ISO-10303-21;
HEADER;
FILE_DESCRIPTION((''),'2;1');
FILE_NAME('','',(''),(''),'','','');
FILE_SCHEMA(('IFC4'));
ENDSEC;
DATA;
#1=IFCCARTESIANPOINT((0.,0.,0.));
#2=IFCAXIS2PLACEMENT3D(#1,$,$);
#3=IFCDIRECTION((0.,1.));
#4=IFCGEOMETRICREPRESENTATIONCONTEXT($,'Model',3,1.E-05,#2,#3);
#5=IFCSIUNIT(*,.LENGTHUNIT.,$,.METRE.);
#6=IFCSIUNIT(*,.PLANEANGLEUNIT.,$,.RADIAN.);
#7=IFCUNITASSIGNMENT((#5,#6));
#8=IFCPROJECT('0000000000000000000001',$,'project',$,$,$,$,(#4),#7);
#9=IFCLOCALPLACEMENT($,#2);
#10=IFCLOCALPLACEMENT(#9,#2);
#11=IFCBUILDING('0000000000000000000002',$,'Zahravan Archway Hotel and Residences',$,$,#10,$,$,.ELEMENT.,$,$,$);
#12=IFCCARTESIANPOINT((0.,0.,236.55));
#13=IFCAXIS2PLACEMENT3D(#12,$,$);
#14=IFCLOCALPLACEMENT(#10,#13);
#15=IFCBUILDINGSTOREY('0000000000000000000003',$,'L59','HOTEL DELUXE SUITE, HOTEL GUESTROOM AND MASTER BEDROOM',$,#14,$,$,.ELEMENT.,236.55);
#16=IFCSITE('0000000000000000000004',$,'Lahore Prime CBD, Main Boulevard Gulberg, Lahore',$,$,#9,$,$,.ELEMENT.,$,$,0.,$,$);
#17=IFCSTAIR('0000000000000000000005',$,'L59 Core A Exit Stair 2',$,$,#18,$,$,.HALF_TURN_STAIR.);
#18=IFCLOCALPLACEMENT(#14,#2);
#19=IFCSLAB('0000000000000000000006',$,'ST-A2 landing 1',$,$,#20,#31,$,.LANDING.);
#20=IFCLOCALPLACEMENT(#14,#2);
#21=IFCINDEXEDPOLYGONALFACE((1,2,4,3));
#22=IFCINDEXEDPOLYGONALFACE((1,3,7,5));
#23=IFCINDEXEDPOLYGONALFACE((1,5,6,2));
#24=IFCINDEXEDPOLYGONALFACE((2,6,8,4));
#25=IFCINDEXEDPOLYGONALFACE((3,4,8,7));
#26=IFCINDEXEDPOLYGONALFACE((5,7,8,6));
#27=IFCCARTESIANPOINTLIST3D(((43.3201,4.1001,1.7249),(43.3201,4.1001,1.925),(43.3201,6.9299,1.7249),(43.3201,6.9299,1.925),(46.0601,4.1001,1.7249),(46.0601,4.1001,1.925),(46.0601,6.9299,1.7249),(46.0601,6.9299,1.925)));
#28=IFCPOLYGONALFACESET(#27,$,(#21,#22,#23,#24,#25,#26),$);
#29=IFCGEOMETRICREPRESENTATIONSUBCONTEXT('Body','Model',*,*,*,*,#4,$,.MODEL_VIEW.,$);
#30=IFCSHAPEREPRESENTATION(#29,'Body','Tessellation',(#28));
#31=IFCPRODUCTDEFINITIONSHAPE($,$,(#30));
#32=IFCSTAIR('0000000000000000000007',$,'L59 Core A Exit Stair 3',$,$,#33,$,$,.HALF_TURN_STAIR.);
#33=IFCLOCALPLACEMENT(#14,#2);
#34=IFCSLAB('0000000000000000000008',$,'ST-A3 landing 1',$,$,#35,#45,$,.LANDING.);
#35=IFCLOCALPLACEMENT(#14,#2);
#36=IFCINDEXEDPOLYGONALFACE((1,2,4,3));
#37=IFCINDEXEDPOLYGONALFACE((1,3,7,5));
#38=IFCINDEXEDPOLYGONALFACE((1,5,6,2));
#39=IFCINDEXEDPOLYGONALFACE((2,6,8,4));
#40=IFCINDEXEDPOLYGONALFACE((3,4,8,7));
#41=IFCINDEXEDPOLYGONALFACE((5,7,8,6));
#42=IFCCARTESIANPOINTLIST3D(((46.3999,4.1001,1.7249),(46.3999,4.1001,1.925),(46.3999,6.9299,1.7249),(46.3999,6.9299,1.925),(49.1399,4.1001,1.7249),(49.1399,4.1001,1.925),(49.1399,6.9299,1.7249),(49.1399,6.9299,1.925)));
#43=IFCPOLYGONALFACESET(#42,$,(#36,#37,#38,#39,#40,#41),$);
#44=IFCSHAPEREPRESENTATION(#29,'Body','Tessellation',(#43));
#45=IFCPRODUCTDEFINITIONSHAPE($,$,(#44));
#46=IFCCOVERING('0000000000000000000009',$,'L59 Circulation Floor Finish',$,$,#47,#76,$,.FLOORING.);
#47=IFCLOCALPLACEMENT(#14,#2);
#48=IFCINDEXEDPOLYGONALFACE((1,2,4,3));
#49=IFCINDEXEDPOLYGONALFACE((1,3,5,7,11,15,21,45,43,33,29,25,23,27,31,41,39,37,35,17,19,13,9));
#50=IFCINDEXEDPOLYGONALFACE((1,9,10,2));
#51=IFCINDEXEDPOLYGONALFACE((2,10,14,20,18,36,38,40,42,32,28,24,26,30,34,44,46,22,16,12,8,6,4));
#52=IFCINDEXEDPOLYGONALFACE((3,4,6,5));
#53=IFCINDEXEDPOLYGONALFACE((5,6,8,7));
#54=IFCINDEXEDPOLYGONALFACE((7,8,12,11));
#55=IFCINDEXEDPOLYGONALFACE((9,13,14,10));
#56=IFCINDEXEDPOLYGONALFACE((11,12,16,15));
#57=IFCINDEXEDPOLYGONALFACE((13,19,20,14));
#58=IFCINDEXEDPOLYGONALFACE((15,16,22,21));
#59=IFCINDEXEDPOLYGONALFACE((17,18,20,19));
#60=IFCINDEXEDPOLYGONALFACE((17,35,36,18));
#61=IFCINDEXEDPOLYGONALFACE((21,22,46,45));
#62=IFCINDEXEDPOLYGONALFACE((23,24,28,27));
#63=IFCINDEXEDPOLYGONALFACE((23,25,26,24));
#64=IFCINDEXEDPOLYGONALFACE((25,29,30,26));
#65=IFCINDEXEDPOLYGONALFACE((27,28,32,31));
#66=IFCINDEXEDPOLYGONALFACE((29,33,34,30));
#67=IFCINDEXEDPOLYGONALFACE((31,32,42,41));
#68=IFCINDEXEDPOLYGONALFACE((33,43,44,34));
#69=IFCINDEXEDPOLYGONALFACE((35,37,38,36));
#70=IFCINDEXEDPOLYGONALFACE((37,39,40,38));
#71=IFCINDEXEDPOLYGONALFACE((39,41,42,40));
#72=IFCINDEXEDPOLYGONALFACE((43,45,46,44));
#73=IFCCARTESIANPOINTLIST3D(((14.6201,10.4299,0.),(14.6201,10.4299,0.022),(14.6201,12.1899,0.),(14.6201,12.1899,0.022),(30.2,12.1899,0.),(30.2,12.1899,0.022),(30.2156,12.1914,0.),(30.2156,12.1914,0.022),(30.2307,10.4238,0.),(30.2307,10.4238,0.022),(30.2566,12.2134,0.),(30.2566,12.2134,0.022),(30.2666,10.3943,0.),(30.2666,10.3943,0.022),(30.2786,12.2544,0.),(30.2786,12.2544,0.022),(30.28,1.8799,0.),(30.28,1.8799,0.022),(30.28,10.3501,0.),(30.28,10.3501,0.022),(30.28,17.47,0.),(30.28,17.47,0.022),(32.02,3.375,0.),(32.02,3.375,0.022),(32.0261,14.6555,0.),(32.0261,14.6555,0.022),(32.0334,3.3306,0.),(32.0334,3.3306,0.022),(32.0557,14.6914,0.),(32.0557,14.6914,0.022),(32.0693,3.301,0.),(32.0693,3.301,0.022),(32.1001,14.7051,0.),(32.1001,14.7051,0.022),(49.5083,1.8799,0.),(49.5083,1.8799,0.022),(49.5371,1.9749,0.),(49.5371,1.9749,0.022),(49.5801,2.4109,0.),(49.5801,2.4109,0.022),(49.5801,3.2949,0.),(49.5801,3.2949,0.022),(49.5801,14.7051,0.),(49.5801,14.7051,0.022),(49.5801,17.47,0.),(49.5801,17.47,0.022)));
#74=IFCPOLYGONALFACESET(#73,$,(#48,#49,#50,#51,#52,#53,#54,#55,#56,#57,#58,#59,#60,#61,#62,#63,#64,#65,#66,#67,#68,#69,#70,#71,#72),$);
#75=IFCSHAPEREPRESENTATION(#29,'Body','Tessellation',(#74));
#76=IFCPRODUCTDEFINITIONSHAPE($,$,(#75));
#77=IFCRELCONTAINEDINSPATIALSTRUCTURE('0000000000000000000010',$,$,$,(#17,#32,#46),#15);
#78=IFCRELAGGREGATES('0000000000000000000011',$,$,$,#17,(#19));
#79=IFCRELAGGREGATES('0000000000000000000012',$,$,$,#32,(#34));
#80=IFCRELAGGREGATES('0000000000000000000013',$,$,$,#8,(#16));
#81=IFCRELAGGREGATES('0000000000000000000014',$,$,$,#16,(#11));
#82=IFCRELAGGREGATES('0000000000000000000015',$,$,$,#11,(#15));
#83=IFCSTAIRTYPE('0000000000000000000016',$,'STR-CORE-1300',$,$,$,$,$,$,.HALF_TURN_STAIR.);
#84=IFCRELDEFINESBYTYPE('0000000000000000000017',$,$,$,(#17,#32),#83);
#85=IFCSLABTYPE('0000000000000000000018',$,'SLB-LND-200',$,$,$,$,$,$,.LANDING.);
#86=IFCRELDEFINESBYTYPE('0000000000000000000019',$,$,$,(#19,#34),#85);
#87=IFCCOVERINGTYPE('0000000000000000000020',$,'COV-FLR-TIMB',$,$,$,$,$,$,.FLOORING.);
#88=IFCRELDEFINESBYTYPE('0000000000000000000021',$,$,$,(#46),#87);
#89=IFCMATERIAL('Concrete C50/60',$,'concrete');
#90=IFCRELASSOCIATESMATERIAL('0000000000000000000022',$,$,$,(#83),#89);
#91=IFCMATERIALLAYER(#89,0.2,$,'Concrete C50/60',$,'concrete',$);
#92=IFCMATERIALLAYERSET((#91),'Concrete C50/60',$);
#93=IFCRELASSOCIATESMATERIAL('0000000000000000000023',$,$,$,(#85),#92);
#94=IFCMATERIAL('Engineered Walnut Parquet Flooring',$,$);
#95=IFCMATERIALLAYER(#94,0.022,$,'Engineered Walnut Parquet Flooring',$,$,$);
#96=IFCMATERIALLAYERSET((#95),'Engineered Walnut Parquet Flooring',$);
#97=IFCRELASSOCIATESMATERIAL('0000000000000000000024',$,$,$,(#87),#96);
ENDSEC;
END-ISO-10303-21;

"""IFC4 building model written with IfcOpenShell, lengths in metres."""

from ifc_helpers import new_model, si_unit, direction, frame, origin, place, context, subcontext, project, spatial, polyline, outline, extrude, material, layer, layer_set, type_object, element, aggregate, save


model = new_model("IFC4")

# Units and contexts
model_context = context("Model", 3, precision=1e-05, world=origin(), true_north=direction((0.0, 1.0)))
body_context = subcontext(model_context, "Body", "Model", "MODEL_VIEW")
ifc_project = project(units=[si_unit("LENGTHUNIT", "METRE"), si_unit("PLANEANGLEUNIT", "RADIAN")], contexts=[model_context])

# Site, building, storey
site_placement = place(None, origin())
site = spatial("IfcSite", under=ifc_project, at=site_placement, Name="Lahore Prime CBD, Main Boulevard Gulberg, Lahore", CompositionType="ELEMENT", RefElevation=0.0)
building_placement = place(site_placement, origin())
building = spatial("IfcBuilding", under=site, at=building_placement, Name="Zahravan Archway Hotel and Residences", CompositionType="ELEMENT")
storey_placement = place(building_placement, frame((0.0, 0.0, 236.55)))
storey = spatial("IfcBuildingStorey", under=building, at=storey_placement, Name="L59", Description="HOTEL DELUXE SUITE, HOTEL GUESTROOM AND MASTER BEDROOM", CompositionType="ELEMENT", Elevation=236.55)

# Stairs, slabs
ifc_material_1 = material(Name="Concrete C50/60", Category="concrete")
stair_type = type_object("IfcStairType", Name="STR-CORE-1300", PredefinedType="HALF_TURN_STAIR", material=ifc_material_1)
ifc_layer_1 = layer(ifc_material_1, 0.2, Name="Concrete C50/60", Category="concrete")
ifc_layer_set_1 = layer_set([ifc_layer_1], Name="Concrete C50/60")
slab_type_1 = type_object("IfcSlabType", Name="SLB-LND-200", PredefinedType="LANDING", material=ifc_layer_set_1)
stair_1_placement = place(storey_placement, origin())
stair_1 = element("IfcStair", 1, at=stair_1_placement, inside=storey, type_object=stair_type, Name="L59 Core A Exit Stair 2", PredefinedType="HALF_TURN_STAIR")
slab_1_placement = place(storey_placement, frame((0.0, 0.0, 1.7249)))
slab_1 = element("IfcSlab", 2, at=slab_1_placement, type_object=slab_type_1, Name="ST-A2 landing 1", PredefinedType="LANDING", context=body_context, shape_type="SweptSolid", body=[
    extrude(outline(polyline([(43.3201, 6.9299), (43.3201, 4.1001), (46.0601, 4.1001), (46.0601, 6.9299), (43.3201, 6.9299)])), origin(), (0.0, 0.0, 1.0), 0.2002),
])
aggregate(stair_1, [slab_1])
stair_2_placement = place(storey_placement, origin())
stair_2 = element("IfcStair", 3, at=stair_2_placement, inside=storey, type_object=stair_type, Name="L59 Core A Exit Stair 3", PredefinedType="HALF_TURN_STAIR")
slab_2_placement = place(storey_placement, frame((0.0, 0.0, 1.7249)))
slab_2 = element("IfcSlab", 4, at=slab_2_placement, type_object=slab_type_1, Name="ST-A3 landing 1", PredefinedType="LANDING", context=body_context, shape_type="SweptSolid", body=[
    extrude(outline(polyline([(46.3999, 6.9299), (46.3999, 4.1001), (49.1399, 4.1001), (49.1399, 6.9299), (46.3999, 6.9299)])), origin(), (0.0, 0.0, 1.0), 0.2002),
])
aggregate(stair_2, [slab_2])

# Covering
ifc_material_2 = material(Name="Engineered Walnut Parquet Flooring")
ifc_layer_2 = layer(ifc_material_2, 0.022, Name="Engineered Walnut Parquet Flooring")
ifc_layer_set_2 = layer_set([ifc_layer_2], Name="Engineered Walnut Parquet Flooring")
covering_type = type_object("IfcCoveringType", Name="COV-FLR-TIMB", PredefinedType="FLOORING", material=ifc_layer_set_2)
covering_placement = place(storey_placement, origin())
element("IfcCovering", 5, at=covering_placement, inside=storey, type_object=covering_type, Name="L59 Circulation Floor Finish", PredefinedType="FLOORING", context=body_context, shape_type="SweptSolid", body=[
    extrude(outline(polyline([(30.2156, 12.1914), (30.2566, 12.2134), (30.2786, 12.2544), (30.28, 17.47), (49.5801, 17.47), (49.5801, 14.7051), (32.1001, 14.7051), (32.0557, 14.6914), (32.0261, 14.6555), (32.02, 3.375), (32.0334, 3.3306), (32.0693, 3.301), (49.5801, 3.2949), (49.5801, 2.4109), (49.5371, 1.9749), (49.5083, 1.8799), (30.28, 1.8799), (30.28, 10.3501), (30.2666, 10.3943), (30.2307, 10.4238), (14.6201, 10.4299), (14.6201, 12.1899), (30.2, 12.1899), (30.2156, 12.1914)])), origin(), (0.0, 0.0, 1.0), 0.022),
])

save(model, "model.ifc")
